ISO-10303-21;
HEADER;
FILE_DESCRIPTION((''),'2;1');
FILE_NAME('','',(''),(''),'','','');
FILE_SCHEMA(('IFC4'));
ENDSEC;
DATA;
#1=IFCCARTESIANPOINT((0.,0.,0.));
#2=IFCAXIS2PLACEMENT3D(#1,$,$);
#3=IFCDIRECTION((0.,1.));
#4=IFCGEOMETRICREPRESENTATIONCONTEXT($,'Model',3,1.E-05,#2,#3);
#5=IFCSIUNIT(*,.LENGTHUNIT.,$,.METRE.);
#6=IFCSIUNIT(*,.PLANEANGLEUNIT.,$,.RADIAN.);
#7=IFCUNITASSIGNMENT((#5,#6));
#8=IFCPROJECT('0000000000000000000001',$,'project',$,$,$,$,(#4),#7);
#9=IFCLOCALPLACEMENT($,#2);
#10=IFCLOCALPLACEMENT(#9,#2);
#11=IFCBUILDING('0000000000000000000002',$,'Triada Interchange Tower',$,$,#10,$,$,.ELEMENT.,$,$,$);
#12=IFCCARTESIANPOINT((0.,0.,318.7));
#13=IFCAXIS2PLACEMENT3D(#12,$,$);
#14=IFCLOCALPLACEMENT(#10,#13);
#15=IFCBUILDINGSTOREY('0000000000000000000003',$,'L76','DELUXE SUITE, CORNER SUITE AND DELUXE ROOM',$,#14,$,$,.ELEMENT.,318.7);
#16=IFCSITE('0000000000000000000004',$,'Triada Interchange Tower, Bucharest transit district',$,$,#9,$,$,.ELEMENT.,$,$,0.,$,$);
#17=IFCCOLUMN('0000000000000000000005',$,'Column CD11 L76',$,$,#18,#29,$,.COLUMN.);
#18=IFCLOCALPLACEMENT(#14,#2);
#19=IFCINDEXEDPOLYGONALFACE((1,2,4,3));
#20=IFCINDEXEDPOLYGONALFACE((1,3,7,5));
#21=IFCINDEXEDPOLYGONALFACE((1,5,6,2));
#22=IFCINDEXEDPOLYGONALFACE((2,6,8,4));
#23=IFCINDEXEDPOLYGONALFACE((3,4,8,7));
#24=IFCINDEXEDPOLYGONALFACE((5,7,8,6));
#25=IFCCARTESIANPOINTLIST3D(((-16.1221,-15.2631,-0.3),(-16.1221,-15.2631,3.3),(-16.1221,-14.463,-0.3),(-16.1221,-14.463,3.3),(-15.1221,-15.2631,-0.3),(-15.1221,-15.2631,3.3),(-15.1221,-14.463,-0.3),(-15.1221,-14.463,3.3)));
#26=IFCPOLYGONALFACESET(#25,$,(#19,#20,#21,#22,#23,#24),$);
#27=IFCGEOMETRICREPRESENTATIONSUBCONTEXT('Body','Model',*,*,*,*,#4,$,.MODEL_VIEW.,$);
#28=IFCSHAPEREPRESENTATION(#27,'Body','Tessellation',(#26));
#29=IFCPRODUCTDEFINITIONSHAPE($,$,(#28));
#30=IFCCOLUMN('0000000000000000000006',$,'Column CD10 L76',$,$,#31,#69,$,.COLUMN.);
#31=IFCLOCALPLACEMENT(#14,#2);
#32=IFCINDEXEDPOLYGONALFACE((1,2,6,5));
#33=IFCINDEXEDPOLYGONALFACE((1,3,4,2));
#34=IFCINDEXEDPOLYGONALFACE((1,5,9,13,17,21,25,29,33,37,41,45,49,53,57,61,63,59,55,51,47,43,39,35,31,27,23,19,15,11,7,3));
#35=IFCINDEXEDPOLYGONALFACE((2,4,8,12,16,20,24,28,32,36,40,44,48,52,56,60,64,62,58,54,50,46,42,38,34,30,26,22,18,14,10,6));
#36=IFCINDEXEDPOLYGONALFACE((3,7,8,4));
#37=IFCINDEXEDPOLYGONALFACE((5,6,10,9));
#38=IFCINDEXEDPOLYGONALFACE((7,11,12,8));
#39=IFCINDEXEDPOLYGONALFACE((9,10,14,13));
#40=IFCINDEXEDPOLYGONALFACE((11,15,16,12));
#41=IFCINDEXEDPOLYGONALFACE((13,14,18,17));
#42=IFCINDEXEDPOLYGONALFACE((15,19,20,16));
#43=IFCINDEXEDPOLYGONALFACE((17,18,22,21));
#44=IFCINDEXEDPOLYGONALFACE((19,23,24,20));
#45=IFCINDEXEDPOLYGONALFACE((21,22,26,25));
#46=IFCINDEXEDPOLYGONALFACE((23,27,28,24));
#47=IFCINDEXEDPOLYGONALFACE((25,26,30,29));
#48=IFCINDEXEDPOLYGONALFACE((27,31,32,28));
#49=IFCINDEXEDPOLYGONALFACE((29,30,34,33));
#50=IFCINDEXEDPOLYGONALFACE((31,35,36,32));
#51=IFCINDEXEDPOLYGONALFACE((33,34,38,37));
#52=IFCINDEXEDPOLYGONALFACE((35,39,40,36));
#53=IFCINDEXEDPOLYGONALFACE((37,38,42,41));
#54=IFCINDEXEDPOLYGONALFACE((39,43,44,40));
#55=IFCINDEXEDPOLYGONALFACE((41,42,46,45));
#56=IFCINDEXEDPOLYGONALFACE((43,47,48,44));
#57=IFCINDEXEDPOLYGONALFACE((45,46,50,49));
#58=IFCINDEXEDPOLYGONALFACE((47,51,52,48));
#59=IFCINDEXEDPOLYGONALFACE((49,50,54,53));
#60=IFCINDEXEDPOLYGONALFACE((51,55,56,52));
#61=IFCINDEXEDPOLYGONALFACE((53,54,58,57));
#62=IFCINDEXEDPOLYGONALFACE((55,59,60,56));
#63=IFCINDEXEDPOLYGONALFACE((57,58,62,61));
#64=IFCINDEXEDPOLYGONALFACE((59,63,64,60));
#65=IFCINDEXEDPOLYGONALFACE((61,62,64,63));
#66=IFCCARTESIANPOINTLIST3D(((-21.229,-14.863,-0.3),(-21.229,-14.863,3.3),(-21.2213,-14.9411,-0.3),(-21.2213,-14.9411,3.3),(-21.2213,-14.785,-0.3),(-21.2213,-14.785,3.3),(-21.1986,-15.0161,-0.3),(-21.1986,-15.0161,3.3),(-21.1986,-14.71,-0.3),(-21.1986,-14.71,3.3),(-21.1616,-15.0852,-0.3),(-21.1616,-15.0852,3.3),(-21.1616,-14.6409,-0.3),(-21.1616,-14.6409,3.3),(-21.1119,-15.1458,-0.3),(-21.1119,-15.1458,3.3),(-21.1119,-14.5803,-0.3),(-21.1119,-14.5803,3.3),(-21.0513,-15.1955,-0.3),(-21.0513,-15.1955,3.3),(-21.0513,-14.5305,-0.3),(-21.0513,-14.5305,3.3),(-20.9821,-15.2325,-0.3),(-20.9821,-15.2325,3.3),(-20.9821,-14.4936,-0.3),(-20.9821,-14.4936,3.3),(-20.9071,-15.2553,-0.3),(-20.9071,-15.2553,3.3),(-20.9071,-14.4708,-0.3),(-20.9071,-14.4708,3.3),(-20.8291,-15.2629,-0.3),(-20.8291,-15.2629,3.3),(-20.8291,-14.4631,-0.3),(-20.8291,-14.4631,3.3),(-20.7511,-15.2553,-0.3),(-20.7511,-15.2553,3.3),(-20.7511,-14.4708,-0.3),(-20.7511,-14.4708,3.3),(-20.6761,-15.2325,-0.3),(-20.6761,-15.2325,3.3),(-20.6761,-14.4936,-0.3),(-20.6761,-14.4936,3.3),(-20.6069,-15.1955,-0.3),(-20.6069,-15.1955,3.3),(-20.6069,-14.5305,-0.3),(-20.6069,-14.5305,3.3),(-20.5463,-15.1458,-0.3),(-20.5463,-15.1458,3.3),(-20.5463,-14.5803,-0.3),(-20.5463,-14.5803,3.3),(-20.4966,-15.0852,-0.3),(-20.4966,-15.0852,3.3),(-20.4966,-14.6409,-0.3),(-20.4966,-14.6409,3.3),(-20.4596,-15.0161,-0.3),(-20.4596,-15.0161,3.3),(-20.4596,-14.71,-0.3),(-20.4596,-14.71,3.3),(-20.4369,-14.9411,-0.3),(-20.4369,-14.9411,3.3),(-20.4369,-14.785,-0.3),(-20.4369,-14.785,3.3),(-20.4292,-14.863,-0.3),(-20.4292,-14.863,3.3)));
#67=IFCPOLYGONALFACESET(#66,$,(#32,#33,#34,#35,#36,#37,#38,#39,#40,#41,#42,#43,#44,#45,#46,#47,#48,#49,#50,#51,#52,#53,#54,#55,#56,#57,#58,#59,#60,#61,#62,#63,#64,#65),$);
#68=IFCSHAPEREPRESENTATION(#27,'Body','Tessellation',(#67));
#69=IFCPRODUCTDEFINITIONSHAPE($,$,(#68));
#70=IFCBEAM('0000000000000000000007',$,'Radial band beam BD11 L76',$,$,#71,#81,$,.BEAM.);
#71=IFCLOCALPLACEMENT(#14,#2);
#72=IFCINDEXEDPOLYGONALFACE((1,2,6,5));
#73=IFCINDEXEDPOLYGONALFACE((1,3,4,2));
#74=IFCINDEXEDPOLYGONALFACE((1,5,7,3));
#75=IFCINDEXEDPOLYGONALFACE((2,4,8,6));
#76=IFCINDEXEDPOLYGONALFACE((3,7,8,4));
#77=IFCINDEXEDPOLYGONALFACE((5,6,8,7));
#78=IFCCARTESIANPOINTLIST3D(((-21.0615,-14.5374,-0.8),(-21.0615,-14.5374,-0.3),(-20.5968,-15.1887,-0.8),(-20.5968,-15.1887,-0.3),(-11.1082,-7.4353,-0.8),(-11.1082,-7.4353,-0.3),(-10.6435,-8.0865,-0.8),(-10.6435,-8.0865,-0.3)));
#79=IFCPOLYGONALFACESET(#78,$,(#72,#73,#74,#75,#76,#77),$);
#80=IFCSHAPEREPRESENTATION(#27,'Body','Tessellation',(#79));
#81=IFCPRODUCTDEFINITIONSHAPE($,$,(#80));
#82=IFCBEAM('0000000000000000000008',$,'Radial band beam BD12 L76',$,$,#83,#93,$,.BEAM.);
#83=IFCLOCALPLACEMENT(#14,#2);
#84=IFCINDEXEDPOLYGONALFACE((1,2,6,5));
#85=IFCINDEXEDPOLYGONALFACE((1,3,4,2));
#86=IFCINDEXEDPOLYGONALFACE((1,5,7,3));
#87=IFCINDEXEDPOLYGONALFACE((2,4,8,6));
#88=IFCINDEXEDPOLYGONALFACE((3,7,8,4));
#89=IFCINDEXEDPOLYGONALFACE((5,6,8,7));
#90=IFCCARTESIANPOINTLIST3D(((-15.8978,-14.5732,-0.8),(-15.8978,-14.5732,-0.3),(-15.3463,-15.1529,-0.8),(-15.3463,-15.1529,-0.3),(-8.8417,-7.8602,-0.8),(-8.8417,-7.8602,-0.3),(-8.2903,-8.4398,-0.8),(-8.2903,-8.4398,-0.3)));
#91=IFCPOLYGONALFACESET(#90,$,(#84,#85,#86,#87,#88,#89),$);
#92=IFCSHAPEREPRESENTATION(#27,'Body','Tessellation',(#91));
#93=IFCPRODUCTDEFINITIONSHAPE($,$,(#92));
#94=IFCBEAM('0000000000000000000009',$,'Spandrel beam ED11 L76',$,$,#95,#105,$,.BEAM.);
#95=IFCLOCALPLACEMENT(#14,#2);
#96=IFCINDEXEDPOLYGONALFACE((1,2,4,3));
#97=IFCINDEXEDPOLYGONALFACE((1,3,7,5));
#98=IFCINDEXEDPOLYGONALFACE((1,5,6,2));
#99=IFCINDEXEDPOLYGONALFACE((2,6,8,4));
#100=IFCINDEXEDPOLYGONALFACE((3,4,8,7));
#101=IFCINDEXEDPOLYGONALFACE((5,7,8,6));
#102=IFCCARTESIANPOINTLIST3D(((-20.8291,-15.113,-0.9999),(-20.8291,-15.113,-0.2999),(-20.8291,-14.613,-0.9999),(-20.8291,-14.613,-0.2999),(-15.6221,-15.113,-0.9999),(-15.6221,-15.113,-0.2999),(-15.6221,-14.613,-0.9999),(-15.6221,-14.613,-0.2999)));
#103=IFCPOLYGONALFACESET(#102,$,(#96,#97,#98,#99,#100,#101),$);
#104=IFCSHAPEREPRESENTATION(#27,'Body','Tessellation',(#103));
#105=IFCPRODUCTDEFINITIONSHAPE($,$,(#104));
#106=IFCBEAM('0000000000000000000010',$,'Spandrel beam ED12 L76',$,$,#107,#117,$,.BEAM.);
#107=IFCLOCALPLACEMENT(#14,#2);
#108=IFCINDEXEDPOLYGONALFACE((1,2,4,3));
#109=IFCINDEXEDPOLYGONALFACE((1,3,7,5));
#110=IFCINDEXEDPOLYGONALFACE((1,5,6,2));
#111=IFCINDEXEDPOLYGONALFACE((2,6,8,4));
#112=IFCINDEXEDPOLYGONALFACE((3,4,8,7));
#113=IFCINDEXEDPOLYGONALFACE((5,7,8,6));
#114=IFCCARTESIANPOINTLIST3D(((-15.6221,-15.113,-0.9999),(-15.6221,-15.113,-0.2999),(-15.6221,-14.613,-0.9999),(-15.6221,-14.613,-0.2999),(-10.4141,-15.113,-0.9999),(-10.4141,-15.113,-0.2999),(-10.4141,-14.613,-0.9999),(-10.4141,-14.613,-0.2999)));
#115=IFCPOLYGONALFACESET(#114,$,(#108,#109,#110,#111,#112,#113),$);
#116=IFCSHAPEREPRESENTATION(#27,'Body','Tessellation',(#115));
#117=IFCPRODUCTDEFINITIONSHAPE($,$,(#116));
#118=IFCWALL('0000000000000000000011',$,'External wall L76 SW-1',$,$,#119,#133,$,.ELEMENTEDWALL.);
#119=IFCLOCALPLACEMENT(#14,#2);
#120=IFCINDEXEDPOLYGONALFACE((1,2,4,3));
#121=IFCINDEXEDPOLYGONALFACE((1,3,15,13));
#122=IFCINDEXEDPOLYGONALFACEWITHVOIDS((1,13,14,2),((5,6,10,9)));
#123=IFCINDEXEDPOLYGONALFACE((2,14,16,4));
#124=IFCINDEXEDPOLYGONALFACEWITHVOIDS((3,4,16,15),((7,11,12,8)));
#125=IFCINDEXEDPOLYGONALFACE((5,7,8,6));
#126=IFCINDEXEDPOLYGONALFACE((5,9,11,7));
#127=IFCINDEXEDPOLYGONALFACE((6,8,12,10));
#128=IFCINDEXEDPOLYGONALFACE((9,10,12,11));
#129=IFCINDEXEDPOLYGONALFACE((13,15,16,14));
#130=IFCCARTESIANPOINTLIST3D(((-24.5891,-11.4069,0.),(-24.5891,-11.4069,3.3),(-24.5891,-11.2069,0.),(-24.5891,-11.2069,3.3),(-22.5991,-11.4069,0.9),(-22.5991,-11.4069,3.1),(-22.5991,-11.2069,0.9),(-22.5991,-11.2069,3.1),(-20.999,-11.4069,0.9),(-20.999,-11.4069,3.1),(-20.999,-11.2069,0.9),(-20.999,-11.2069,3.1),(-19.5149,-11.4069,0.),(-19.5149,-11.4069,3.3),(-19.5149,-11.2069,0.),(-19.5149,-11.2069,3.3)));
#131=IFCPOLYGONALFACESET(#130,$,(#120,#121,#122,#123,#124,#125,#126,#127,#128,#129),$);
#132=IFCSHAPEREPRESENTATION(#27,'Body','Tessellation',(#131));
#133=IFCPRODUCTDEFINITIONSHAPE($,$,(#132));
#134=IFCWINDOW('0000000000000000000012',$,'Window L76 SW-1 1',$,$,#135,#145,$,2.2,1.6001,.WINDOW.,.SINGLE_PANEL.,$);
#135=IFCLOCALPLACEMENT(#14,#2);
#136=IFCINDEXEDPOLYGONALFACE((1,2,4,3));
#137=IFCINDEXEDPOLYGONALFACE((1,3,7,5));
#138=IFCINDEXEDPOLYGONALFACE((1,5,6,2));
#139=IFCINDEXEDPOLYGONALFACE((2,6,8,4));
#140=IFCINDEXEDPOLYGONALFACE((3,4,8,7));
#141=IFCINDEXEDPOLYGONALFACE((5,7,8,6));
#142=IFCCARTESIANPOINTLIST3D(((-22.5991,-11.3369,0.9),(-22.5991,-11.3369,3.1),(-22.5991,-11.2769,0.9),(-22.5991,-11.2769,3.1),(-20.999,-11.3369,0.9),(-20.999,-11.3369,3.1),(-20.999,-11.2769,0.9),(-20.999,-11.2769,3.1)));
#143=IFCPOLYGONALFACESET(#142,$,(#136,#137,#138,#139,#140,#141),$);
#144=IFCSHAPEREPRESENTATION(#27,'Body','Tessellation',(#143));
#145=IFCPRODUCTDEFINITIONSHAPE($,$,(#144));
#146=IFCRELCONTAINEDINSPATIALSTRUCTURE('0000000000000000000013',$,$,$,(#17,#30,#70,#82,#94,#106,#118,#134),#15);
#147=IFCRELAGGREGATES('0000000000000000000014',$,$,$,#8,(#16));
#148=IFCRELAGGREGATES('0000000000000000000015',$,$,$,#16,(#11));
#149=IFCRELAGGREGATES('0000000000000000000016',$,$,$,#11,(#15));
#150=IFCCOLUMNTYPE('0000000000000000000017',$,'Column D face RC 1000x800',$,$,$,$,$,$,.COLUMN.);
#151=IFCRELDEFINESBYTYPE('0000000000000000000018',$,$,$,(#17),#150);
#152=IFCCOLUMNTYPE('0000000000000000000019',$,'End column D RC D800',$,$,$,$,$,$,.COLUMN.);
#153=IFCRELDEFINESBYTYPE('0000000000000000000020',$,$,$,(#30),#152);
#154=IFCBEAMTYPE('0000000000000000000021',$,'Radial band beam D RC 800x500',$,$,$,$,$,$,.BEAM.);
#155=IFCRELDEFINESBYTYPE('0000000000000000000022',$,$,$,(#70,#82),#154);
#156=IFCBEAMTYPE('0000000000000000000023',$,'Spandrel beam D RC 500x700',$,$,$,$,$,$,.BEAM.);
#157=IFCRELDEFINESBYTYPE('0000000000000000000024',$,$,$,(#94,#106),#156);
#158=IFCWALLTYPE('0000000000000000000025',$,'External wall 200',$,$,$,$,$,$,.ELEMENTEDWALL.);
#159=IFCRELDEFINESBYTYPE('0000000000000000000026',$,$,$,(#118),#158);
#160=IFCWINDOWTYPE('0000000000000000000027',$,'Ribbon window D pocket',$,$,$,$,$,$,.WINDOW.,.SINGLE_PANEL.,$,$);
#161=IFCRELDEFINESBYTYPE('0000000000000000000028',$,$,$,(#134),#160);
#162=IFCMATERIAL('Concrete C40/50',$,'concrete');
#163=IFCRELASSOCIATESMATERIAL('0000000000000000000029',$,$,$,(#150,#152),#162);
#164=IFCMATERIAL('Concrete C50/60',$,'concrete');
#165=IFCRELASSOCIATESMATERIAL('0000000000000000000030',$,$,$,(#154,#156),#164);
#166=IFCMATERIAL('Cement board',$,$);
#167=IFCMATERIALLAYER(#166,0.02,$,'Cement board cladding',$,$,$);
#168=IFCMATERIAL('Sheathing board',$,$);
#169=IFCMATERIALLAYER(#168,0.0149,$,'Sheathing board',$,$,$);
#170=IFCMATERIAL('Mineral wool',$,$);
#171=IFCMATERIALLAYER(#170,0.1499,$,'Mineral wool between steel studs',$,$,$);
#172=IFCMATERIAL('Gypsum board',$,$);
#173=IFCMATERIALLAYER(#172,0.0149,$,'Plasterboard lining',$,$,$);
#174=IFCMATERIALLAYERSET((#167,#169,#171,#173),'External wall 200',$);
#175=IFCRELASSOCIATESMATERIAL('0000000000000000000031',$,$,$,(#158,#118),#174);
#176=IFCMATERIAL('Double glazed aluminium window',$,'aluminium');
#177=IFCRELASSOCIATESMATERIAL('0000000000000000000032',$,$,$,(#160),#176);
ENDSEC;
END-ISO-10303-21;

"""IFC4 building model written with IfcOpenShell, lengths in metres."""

from ifc_helpers import new_model, si_unit, direction, frame, frame_2d, origin, origin_2d, place, context, subcontext, project, spatial, rectangle, circle, extrude, material, layer, layer_set, layer_usage, material_profile, profile_set, type_object, element, fill, save


model = new_model("IFC4")

# Units and contexts
model_context = context("Model", 3, precision=1e-05, world=origin(), true_north=direction((0.0, 1.0)))
body_context = subcontext(model_context, "Body", "Model", "MODEL_VIEW")
ifc_project = project(units=[si_unit("LENGTHUNIT", "METRE"), si_unit("PLANEANGLEUNIT", "RADIAN")], contexts=[model_context])

# Site, building, storey
site_placement = place(None, origin())
site = spatial("IfcSite", under=ifc_project, at=site_placement, Name="Triada Interchange Tower, Bucharest transit district", CompositionType="ELEMENT", RefElevation=0.0)
building_placement = place(site_placement, origin())
building = spatial("IfcBuilding", under=site, at=building_placement, Name="Triada Interchange Tower", CompositionType="ELEMENT")
storey_placement = place(building_placement, frame((0.0, 0.0, 318.7)))
storey = spatial("IfcBuildingStorey", under=building, at=storey_placement, Name="L76", Description="DELUXE SUITE, CORNER SUITE AND DELUXE ROOM", CompositionType="ELEMENT", Elevation=318.7)

# Columns
ifc_material_1 = material(Name="Concrete C40/50", Category="concrete")
ifc_material_profile_1 = material_profile(ifc_material_1, rectangle(XDim=1.0, YDim=0.8, at=origin_2d()), Name="RC 1000x800")
ifc_profile_set_1 = profile_set([ifc_material_profile_1], Name="Concrete C40/50")
column_type_1 = type_object("IfcColumnType", Name="Column D face RC 1000x800", PredefinedType="COLUMN", material=ifc_profile_set_1)
column_1_placement = place(storey_placement, frame((-15.6221, -14.863, -0.3), z_axis=(0.0, 0.0, 1.0), x_axis=(1.0, 0.0, 0.0)))
element("IfcColumn", 1, at=column_1_placement, inside=storey, type_object=column_type_1, Name="Column CD11 L76", PredefinedType="COLUMN", context=body_context, shape_type="SweptSolid", body=[
    extrude(rectangle(XDim=1.0, YDim=0.8, at=origin_2d()), origin(), (0.0, 0.0, 1.0), 3.6001),
])
ifc_material_profile_2 = material_profile(ifc_material_1, circle(Radius=0.3999, at=origin_2d()), Name="RC D800")
ifc_profile_set_2 = profile_set([ifc_material_profile_2], Name="Concrete C40/50")
column_type_2 = type_object("IfcColumnType", Name="End column D RC D800", PredefinedType="COLUMN", material=ifc_profile_set_2)
column_2_placement = place(storey_placement, frame((-20.8291, -14.863, -0.3), z_axis=(0.0, 0.0, 1.0), x_axis=(1.0, 0.0, 0.0)))
element("IfcColumn", 2, at=column_2_placement, inside=storey, type_object=column_type_2, Name="Column CD10 L76", PredefinedType="COLUMN", context=body_context, shape_type="SweptSolid", body=[
    extrude(circle(Radius=0.3999, at=origin_2d()), origin(), (0.0, 0.0, 1.0), 3.6001),
])

# Beams
ifc_material_2 = material(Name="Concrete C50/60", Category="concrete")
ifc_material_profile_3 = material_profile(ifc_material_2, rectangle(XDim=0.8, YDim=0.5, at=origin_2d()), Name="RC 800x500")
ifc_profile_set_3 = profile_set([ifc_material_profile_3], Name="Concrete C50/60")
beam_type_1 = type_object("IfcBeamType", Name="Radial band beam D RC 800x500", PredefinedType="BEAM", material=ifc_profile_set_3)
beam_1_placement = place(storey_placement, frame((-20.8291, -14.863, -0.55), z_axis=(0.814017, 0.580841, 0.0), x_axis=(-0.580841, 0.814017, 0.0)))
element("IfcBeam", 3, at=beam_1_placement, inside=storey, type_object=beam_type_1, Name="Radial band beam BD11 L76", PredefinedType="BEAM", context=body_context, shape_type="SweptSolid", body=[
    extrude(rectangle(XDim=0.8, YDim=0.5, at=origin_2d()), origin(), (0.0, 0.0, 1.0), 12.2273),
])
beam_2_placement = place(storey_placement, frame((-15.6221, -14.863, -0.55), z_axis=(0.724497, 0.689278, 0.0), x_axis=(-0.689278, 0.724497, 0.0)))
element("IfcBeam", 4, at=beam_2_placement, inside=storey, type_object=beam_type_1, Name="Radial band beam BD12 L76", PredefinedType="BEAM", context=body_context, shape_type="SweptSolid", body=[
    extrude(rectangle(XDim=0.8, YDim=0.5, at=origin_2d()), origin(), (0.0, 0.0, 1.0), 9.7393),
])
ifc_material_profile_4 = material_profile(ifc_material_2, rectangle(XDim=0.5, YDim=0.7, at=origin_2d()), Name="RC 500x700")
ifc_profile_set_4 = profile_set([ifc_material_profile_4], Name="Concrete C50/60")
beam_type_2 = type_object("IfcBeamType", Name="Spandrel beam D RC 500x700", PredefinedType="BEAM", material=ifc_profile_set_4)
beam_3_placement = place(storey_placement, frame((-20.8291, -14.863, -0.6499), z_axis=(1.0, 0.0, 0.0), x_axis=(0.0, 1.0, 0.0)))
element("IfcBeam", 5, at=beam_3_placement, inside=storey, type_object=beam_type_2, Name="Spandrel beam ED11 L76", PredefinedType="BEAM", context=body_context, shape_type="SweptSolid", body=[
    extrude(rectangle(XDim=0.5, YDim=0.7, at=origin_2d()), origin(), (0.0, 0.0, 1.0), 5.207),
])
beam_4_placement = place(storey_placement, frame((-15.6221, -14.863, -0.6499), z_axis=(1.0, 0.0, 0.0), x_axis=(0.0, 1.0, 0.0)))
element("IfcBeam", 6, at=beam_4_placement, inside=storey, type_object=beam_type_2, Name="Spandrel beam ED12 L76", PredefinedType="BEAM", context=body_context, shape_type="SweptSolid", body=[
    extrude(rectangle(XDim=0.5, YDim=0.7, at=origin_2d()), origin(), (0.0, 0.0, 1.0), 5.208),
])

# Wall, opening, window
ifc_material_3 = material(Name="Cement board")
ifc_layer_1 = layer(ifc_material_3, 0.02, Name="Cement board cladding")
ifc_material_4 = material(Name="Sheathing board")
ifc_layer_2 = layer(ifc_material_4, 0.0149, Name="Sheathing board")
ifc_material_5 = material(Name="Mineral wool")
ifc_layer_3 = layer(ifc_material_5, 0.1499, Name="Mineral wool between steel studs")
ifc_material_6 = material(Name="Gypsum board")
ifc_layer_4 = layer(ifc_material_6, 0.0149, Name="Plasterboard lining")
ifc_layer_set_1 = layer_set([ifc_layer_1, ifc_layer_2, ifc_layer_3, ifc_layer_4], Name="External wall 200")
ifc_layer_usage = layer_usage(ifc_layer_set_1, "AXIS2", "POSITIVE", -0.1001)
wall_type_1 = type_object("IfcWallType", Name="External wall 200", PredefinedType="ELEMENTEDWALL", material=ifc_layer_set_1)
wall_1_placement = place(storey_placement, frame((-24.5891, -11.3069, 0.0), z_axis=(0.0, 0.0, 1.0), x_axis=(1.0, 0.0, 0.0)))
wall_1 = element("IfcWall", 7, at=wall_1_placement, inside=storey, type_object=wall_type_1, material=ifc_layer_usage, Name="External wall L76 SW-1", PredefinedType="ELEMENTEDWALL", context=body_context, shape_type="SweptSolid", body=[
    extrude(rectangle(XDim=5.0742, YDim=0.2, at=frame_2d((2.5371, 0.0))), origin(), (0.0, 0.0, 1.0), 3.3),
])
opening_1_placement = place(wall_1_placement, frame((1.99, 0.0, 0.8999)))
opening_1 = element("IfcOpeningElement", 8, at=opening_1_placement, cuts=wall_1, PredefinedType="OPENING", context=body_context, shape_type="SweptSolid", body=[
    extrude(rectangle(XDim=1.6001, YDim=2.2, at=frame_2d((0.8, 1.1001))), frame((0.0, 0.1099, 0.0), z_axis=(0.0, -1.0, 0.0), x_axis=(1.0, 0.0, 0.0)), (0.0, 0.0, 1.0), 0.22),
])
ifc_material_7 = material(Name="Double glazed aluminium window", Category="aluminium")
window_type_1 = type_object("IfcWindowType", Name="Ribbon window D pocket", PartitioningType="SINGLE_PANEL", PredefinedType="WINDOW", material=ifc_material_7)
window_1_placement = place(opening_1_placement, origin())
window_1 = element("IfcWindow", 9, at=window_1_placement, inside=storey, type_object=window_type_1, Name="Window L76 SW-1 1", OverallHeight=2.2, OverallWidth=1.6001, PartitioningType="SINGLE_PANEL", PredefinedType="WINDOW", context=body_context, shape_type="SweptSolid", body=[
    extrude(rectangle(XDim=1.6001, YDim=2.2, at=frame_2d((0.8, 1.1001))), frame((0.0, 0.03, 0.0), z_axis=(0.0, -1.0, 0.0), x_axis=(1.0, 0.0, 0.0)), (0.0, 0.0, 1.0), 0.0601),
])
fill(opening_1, window_1)

save(model, "model.ifc")
